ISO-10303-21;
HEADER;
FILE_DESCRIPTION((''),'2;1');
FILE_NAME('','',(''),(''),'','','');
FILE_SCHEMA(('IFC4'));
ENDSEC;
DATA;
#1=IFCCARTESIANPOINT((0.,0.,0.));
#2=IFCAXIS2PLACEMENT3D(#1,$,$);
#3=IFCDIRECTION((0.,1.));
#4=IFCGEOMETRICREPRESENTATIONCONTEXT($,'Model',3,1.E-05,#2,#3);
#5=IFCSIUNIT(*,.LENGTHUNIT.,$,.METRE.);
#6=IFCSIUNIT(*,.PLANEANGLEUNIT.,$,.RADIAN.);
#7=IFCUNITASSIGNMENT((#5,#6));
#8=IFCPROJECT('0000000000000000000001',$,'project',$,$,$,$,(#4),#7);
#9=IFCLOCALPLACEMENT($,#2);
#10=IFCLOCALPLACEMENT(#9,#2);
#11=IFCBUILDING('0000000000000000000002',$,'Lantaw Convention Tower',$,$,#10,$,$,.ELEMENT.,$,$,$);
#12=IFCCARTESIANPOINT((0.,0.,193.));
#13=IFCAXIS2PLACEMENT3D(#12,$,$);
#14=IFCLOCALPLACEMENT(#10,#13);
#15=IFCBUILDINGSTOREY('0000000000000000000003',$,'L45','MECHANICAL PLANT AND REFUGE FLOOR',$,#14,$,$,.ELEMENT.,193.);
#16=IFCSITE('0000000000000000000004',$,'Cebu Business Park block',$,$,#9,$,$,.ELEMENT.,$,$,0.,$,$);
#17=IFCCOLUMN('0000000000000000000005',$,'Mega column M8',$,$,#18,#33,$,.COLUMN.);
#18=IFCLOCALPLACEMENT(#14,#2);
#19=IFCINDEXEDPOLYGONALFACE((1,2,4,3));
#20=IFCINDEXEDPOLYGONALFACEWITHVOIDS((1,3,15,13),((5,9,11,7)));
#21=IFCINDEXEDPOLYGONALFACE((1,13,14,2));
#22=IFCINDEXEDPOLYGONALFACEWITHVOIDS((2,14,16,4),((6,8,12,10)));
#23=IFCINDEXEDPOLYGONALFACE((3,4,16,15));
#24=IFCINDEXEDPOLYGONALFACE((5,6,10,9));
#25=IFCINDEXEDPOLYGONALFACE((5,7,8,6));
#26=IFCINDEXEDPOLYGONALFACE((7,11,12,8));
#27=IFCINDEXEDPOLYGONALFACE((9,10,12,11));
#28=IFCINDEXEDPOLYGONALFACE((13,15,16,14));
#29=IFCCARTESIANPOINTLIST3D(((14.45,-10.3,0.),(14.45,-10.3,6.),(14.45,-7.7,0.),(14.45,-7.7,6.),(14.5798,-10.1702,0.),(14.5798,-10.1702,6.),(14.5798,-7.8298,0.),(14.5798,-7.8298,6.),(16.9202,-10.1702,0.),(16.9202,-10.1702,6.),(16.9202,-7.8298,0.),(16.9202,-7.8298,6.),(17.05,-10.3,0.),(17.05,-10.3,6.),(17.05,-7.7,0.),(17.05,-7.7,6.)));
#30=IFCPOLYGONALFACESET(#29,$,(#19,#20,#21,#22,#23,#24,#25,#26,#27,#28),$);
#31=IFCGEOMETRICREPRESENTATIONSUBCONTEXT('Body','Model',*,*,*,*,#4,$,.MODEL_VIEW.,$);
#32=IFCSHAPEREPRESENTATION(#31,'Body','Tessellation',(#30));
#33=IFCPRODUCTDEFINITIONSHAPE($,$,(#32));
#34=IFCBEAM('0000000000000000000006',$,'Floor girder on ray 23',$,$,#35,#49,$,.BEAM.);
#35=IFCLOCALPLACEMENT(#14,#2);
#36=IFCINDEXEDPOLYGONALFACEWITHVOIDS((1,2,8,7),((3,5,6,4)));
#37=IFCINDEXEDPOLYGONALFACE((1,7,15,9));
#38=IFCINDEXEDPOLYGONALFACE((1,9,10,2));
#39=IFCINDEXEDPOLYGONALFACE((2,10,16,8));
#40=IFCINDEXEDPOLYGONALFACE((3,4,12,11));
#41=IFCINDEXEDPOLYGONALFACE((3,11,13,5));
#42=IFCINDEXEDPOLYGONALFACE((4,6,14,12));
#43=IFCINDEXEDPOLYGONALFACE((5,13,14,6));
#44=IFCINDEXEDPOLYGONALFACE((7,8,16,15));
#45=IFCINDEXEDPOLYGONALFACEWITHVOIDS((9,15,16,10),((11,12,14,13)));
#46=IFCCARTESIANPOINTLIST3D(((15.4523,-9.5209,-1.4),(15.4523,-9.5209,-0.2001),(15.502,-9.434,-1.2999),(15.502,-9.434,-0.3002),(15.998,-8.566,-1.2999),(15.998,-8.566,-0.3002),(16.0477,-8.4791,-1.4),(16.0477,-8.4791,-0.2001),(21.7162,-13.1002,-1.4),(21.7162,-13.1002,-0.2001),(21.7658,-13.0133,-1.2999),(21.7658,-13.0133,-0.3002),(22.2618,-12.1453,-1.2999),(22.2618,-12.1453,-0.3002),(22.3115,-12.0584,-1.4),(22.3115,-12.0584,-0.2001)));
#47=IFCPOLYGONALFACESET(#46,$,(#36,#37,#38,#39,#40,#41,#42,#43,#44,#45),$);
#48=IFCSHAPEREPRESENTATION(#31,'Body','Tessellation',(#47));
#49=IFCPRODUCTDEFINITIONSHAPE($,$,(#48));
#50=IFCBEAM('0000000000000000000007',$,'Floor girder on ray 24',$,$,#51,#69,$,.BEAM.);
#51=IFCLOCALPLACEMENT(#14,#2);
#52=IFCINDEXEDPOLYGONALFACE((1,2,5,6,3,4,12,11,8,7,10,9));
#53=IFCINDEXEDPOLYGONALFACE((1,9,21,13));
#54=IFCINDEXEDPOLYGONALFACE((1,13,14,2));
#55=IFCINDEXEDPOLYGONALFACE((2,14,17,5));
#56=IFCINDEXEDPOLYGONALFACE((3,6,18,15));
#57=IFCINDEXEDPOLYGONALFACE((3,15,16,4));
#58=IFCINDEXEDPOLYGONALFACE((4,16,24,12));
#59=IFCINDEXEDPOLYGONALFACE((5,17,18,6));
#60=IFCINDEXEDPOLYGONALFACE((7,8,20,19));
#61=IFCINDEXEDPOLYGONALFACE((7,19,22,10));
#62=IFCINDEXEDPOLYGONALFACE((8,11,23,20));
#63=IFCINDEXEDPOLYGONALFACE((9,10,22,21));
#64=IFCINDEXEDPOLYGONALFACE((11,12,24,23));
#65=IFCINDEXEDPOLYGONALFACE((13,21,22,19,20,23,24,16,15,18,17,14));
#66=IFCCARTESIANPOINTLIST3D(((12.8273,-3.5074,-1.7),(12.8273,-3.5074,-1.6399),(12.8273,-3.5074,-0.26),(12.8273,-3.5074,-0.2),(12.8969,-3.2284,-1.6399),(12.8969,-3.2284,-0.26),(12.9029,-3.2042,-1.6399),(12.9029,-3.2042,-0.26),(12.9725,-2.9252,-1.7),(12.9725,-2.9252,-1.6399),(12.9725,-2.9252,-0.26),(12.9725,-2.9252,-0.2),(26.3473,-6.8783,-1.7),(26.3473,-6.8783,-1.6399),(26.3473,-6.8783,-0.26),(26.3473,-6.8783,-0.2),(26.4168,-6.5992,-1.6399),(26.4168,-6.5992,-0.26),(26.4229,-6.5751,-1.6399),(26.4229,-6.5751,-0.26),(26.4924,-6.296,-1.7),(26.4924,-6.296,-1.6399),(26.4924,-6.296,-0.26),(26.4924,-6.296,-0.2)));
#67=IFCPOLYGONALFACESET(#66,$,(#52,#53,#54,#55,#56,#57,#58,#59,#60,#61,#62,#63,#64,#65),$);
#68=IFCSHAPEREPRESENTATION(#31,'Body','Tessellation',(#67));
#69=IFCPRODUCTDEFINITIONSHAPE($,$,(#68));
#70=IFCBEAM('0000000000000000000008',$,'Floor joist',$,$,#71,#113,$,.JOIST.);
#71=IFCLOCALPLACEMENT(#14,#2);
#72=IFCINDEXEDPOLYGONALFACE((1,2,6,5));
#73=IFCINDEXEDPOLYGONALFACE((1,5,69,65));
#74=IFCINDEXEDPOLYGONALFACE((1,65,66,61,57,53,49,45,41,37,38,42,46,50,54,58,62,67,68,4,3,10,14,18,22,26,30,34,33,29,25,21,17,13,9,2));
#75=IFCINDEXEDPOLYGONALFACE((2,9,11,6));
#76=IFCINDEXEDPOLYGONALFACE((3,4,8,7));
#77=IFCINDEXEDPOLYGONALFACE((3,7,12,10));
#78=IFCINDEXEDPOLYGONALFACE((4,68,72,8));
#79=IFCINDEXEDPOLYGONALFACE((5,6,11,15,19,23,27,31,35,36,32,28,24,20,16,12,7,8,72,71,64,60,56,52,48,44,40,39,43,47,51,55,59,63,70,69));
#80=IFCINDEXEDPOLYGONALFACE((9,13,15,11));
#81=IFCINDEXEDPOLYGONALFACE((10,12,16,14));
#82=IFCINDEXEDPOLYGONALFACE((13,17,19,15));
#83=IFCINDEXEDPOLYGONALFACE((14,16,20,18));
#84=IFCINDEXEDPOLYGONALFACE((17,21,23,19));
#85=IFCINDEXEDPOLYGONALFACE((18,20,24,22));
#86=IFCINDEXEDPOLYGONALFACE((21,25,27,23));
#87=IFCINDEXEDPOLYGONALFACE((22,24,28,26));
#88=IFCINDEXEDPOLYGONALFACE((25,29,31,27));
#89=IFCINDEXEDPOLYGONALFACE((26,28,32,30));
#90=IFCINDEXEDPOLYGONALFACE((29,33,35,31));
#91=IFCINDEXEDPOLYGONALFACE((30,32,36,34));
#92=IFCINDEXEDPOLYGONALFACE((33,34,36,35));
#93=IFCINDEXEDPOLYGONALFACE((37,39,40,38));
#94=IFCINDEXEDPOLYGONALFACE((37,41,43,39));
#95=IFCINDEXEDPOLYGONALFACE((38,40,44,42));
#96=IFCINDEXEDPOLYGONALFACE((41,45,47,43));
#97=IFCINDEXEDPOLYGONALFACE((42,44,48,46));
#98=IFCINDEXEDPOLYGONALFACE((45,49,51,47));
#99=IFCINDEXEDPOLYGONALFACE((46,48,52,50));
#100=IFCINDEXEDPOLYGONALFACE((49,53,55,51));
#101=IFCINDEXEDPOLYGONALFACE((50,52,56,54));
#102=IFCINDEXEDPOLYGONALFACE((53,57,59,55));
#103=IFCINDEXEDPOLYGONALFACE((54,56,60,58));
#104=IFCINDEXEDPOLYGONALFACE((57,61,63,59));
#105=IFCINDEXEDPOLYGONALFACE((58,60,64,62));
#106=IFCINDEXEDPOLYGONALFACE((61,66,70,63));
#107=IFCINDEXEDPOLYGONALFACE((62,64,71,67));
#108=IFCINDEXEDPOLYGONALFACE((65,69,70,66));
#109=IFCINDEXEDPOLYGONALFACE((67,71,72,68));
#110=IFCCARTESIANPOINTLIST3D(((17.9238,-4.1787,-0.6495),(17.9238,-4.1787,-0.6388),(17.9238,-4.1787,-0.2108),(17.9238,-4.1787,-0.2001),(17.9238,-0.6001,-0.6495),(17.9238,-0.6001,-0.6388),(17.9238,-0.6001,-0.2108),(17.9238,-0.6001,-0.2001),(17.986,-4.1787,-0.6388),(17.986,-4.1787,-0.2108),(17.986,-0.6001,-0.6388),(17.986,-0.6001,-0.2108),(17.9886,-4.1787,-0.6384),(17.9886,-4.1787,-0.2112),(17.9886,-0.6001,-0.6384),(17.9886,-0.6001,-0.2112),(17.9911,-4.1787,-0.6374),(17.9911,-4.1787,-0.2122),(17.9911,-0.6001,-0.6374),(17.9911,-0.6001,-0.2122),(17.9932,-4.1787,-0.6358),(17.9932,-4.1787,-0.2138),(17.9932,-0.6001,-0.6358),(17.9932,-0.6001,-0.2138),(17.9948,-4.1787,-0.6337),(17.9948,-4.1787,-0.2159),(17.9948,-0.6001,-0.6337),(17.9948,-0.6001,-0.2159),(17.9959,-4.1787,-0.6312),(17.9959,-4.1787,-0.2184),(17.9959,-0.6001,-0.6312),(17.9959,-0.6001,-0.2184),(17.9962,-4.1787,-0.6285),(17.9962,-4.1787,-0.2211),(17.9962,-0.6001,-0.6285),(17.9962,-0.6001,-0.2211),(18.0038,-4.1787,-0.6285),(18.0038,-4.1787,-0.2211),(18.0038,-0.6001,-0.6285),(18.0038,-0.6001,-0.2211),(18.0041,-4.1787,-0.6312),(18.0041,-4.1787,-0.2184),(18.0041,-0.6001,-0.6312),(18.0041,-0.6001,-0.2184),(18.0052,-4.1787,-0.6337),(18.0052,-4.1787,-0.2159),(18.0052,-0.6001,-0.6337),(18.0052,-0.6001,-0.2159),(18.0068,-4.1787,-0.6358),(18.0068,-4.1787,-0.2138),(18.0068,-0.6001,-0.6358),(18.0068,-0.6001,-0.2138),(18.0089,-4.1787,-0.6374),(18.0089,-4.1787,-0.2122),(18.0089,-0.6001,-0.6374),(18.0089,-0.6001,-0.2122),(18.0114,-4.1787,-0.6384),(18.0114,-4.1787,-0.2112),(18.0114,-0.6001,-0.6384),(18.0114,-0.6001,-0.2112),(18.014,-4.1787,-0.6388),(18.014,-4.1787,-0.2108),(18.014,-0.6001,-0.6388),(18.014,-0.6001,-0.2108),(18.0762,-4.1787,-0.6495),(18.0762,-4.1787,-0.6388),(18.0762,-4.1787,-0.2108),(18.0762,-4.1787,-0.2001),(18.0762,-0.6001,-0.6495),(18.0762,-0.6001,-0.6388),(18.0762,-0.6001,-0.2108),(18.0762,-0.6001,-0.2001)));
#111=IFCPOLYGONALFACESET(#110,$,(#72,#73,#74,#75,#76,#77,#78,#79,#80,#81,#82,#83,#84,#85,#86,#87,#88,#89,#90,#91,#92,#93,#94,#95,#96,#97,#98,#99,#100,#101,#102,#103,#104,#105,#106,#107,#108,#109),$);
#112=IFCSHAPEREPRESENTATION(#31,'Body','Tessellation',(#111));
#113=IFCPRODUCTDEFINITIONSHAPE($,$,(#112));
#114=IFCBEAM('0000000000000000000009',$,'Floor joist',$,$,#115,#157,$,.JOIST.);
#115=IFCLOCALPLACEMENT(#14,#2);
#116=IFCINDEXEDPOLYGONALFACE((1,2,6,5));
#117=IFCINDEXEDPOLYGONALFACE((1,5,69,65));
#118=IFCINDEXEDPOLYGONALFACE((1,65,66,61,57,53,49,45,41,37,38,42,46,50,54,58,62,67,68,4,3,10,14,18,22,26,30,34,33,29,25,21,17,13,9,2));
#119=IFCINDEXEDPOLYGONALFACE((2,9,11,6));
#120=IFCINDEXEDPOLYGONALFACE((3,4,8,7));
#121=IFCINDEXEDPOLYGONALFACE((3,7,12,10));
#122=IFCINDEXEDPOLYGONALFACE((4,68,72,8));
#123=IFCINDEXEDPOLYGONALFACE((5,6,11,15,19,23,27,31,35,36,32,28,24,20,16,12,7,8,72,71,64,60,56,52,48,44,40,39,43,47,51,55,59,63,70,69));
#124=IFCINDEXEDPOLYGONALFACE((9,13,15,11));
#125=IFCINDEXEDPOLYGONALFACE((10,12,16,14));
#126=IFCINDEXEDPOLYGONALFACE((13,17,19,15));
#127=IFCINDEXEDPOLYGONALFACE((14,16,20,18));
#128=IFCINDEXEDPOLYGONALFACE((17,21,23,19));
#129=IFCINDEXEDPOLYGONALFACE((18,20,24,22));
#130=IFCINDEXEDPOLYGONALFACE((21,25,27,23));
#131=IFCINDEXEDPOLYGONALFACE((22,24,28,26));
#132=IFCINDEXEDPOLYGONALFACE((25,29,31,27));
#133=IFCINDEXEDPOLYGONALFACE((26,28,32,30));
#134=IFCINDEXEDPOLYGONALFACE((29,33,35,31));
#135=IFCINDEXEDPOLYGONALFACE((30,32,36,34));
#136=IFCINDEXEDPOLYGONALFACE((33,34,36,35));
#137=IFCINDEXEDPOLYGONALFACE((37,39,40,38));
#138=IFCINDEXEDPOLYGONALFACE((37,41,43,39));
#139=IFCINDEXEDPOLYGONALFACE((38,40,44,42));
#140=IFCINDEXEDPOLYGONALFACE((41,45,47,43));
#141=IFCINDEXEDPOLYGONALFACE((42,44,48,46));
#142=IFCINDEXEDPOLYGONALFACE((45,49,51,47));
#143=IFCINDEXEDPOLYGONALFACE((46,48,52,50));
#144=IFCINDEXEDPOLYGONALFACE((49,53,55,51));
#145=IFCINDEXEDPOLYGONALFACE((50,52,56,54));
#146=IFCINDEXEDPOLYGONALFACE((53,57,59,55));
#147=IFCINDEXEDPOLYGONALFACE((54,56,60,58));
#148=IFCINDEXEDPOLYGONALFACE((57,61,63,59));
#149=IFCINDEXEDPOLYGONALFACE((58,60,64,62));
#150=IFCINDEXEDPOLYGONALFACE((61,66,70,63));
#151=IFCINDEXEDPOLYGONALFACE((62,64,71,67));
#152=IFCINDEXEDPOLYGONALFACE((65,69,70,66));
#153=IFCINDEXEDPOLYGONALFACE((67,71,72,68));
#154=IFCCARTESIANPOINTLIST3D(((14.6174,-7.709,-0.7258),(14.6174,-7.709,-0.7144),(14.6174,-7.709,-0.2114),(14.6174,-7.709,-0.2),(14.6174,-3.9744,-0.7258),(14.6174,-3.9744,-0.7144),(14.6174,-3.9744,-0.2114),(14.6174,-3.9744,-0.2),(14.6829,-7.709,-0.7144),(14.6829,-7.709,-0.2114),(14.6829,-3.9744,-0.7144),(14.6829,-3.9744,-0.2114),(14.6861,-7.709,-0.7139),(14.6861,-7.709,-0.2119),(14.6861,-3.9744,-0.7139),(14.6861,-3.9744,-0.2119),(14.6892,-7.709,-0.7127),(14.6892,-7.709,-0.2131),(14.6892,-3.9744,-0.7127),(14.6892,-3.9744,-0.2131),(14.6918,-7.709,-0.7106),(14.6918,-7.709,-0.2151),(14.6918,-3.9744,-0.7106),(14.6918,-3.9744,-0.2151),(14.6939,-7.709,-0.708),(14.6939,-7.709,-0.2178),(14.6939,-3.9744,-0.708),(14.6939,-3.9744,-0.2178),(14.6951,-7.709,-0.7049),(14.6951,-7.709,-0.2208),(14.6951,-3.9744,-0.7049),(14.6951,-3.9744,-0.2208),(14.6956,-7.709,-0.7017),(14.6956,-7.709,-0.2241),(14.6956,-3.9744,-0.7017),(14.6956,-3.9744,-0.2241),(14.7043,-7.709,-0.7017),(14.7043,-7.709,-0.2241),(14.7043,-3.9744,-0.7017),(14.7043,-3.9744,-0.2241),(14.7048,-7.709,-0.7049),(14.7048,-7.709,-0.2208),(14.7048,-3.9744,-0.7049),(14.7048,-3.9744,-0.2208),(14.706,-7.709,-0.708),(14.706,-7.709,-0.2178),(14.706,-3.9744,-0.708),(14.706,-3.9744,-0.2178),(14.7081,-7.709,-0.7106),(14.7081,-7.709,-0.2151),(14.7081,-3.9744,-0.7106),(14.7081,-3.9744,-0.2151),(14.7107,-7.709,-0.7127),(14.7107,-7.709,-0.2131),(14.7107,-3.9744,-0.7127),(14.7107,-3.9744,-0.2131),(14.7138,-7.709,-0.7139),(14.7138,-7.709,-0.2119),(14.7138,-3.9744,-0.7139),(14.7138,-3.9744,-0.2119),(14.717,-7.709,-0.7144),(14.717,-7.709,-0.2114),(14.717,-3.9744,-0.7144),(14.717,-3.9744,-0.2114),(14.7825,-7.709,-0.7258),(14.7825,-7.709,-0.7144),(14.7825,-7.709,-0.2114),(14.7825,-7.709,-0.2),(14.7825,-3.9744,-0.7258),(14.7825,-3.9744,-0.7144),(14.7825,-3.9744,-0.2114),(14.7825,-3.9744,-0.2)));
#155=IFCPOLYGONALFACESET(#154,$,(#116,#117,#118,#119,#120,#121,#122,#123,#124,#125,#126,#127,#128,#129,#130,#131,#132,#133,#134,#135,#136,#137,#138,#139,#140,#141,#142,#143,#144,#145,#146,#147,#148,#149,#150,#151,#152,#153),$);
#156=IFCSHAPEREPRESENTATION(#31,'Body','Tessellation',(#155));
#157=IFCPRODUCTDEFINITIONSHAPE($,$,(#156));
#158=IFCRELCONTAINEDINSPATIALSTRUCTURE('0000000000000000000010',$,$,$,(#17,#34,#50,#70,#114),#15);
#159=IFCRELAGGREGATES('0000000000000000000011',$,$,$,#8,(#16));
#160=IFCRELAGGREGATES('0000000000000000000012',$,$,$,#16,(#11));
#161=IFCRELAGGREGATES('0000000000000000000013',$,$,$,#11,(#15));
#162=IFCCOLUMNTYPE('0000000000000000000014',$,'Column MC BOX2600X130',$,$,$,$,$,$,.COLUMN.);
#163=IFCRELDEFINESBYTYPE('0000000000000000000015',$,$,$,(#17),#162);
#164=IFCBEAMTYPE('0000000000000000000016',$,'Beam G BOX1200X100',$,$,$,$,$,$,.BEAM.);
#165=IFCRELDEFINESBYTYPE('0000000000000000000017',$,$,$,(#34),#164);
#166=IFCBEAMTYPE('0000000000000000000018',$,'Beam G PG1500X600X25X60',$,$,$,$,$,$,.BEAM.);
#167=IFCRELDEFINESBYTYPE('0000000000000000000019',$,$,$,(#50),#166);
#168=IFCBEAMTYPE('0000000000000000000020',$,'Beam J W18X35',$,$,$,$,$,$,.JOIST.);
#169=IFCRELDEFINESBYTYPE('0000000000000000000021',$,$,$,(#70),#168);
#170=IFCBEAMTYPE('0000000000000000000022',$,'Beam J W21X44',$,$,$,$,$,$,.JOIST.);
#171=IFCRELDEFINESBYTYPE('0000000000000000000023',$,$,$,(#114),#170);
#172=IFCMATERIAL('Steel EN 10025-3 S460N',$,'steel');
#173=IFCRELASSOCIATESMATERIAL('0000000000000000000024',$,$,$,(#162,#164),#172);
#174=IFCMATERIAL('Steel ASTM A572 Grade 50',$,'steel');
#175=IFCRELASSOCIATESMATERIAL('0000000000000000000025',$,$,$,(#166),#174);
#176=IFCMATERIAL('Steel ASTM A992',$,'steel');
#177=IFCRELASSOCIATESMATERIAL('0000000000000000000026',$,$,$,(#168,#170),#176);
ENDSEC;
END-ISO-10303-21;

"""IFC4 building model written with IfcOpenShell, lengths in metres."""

from ifc_helpers import new_model, si_unit, direction, frame, origin, origin_2d, place, context, subcontext, project, spatial, rectangle, hollow_rectangle, i_section, extrude, material, material_profile, profile_set, type_object, element, save


model = new_model("IFC4")

# Units and contexts
model_context = context("Model", 3, precision=1e-05, world=origin(), true_north=direction((0.0, 1.0)))
body_context = subcontext(model_context, "Body", "Model", "MODEL_VIEW")
ifc_project = project(units=[si_unit("LENGTHUNIT", "METRE"), si_unit("PLANEANGLEUNIT", "RADIAN")], contexts=[model_context])

# Site, building, storey
site_placement = place(None, origin())
site = spatial("IfcSite", under=ifc_project, at=site_placement, Name="Cebu Business Park block", CompositionType="ELEMENT", RefElevation=0.0)
building_placement = place(site_placement, origin())
building = spatial("IfcBuilding", under=site, at=building_placement, Name="Lantaw Convention Tower", CompositionType="ELEMENT")
storey_placement = place(building_placement, frame((0.0, 0.0, 193.0)))
storey = spatial("IfcBuildingStorey", under=building, at=storey_placement, Name="L45", Description="MECHANICAL PLANT AND REFUGE FLOOR", CompositionType="ELEMENT", Elevation=193.0)

# Column
ifc_material_1 = material(Name="Steel EN 10025-3 S460N", Category="steel")
ifc_material_profile_1 = material_profile(ifc_material_1, hollow_rectangle(XDim=2.6001, YDim=2.6001, WallThickness=0.1299, at=origin_2d()), Name="BOX2600X130")
ifc_material_2 = material(Name="Concrete C60/75", Category="concrete")
ifc_material_profile_2 = material_profile(ifc_material_2, rectangle(XDim=2.3401, YDim=2.3401, at=origin_2d()), Name="Concrete fill of BOX2600X130")
ifc_profile_set_1 = profile_set([ifc_material_profile_1, ifc_material_profile_2], Name="Steel EN 10025-3 S460N")
column_type = type_object("IfcColumnType", Name="Column MC BOX2600X130", PredefinedType="COLUMN", material=ifc_profile_set_1)
column_placement = place(storey_placement, frame((15.75, -9.0, 0.0), z_axis=(0.0, 0.0, 1.0), x_axis=(1.0, 0.0, 0.0)))
element("IfcColumn", 1, at=column_placement, inside=storey, type_object=column_type, Name="Mega column M8", PredefinedType="COLUMN", context=body_context, shape_type="SweptSolid", body=[
    extrude(hollow_rectangle(XDim=2.6001, YDim=2.6001, WallThickness=0.1299, at=origin_2d()), origin(), (0.0, 0.0, 1.0), 6.0),
])

# Beams
ifc_material_profile_3 = material_profile(ifc_material_1, hollow_rectangle(XDim=1.2, YDim=1.2, WallThickness=0.1001, at=origin_2d()), Name="BOX1200X100")
ifc_profile_set_2 = profile_set([ifc_material_profile_3], Name="Steel EN 10025-3 S460N")
beam_type_1 = type_object("IfcBeamType", Name="Beam G BOX1200X100", PredefinedType="BEAM", material=ifc_profile_set_2)
beam_1_placement = place(storey_placement, frame((15.75, -9.0, -0.8), z_axis=(0.868245, -0.496135, 0.0), x_axis=(0.496135, 0.868245, 0.0)))
element("IfcBeam", 2, at=beam_1_placement, inside=storey, type_object=beam_type_1, Name="Floor girder on ray 23", PredefinedType="BEAM", context=body_context, shape_type="SweptSolid", body=[
    extrude(hollow_rectangle(XDim=1.2, YDim=1.2, WallThickness=0.1001, at=origin_2d()), origin(), (0.0, 0.0, 1.0), 7.2144),
])
ifc_material_3 = material(Name="Steel ASTM A572 Grade 50", Category="steel")
ifc_material_profile_4 = material_profile(ifc_material_3, i_section(OverallWidth=0.6001, OverallDepth=1.5, WebThickness=0.0249, FlangeThickness=0.0601, at=origin_2d()), Name="PG1500X600X25X60")
ifc_profile_set_3 = profile_set([ifc_material_profile_4], Name="Steel ASTM A572 Grade 50")
beam_type_2 = type_object("IfcBeamType", Name="Beam G PG1500X600X25X60", PredefinedType="BEAM", material=ifc_profile_set_3)
beam_2_placement = place(storey_placement, frame((12.8999, -3.2163, -0.95), z_axis=(0.970297, -0.241917, 0.0), x_axis=(0.241917, 0.970297, 0.0)))
element("IfcBeam", 3, at=beam_2_placement, inside=storey, type_object=beam_type_2, Name="Floor girder on ray 24", PredefinedType="BEAM", context=body_context, shape_type="SweptSolid", body=[
    extrude(i_section(OverallWidth=0.6001, OverallDepth=1.5, WebThickness=0.0249, FlangeThickness=0.0601, at=origin_2d()), origin(), (0.0, 0.0, 1.0), 13.9338),
])
ifc_material_4 = material(Name="Steel ASTM A992", Category="steel")
ifc_material_profile_5 = material_profile(ifc_material_4, i_section(OverallWidth=0.1523, OverallDepth=0.4495, WebThickness=0.0076, FlangeThickness=0.0107, FilletRadius=0.0103, at=origin_2d()), Name="W18X35")
ifc_profile_set_4 = profile_set([ifc_material_profile_5], Name="Steel ASTM A992")
beam_type_3 = type_object("IfcBeamType", Name="Beam J W18X35", PredefinedType="JOIST", material=ifc_profile_set_4)
beam_3_placement = place(storey_placement, frame((18.0, -4.1787, -0.4248), z_axis=(0.0, 1.0, 0.0), x_axis=(-1.0, 0.0, 0.0)))
element("IfcBeam", 4, at=beam_3_placement, inside=storey, type_object=beam_type_3, Name="Floor joist", PredefinedType="JOIST", context=body_context, shape_type="SweptSolid", body=[
    extrude(i_section(OverallWidth=0.1523, OverallDepth=0.4495, WebThickness=0.0076, FlangeThickness=0.0107, FilletRadius=0.0103, at=origin_2d()), origin(), (0.0, 0.0, 1.0), 3.5786),
])
ifc_material_profile_6 = material_profile(ifc_material_4, i_section(OverallWidth=0.165, OverallDepth=0.5259, WebThickness=0.0088, FlangeThickness=0.0115, FilletRadius=0.0127, at=origin_2d()), Name="W21X44")
ifc_profile_set_5 = profile_set([ifc_material_profile_6], Name="Steel ASTM A992")
beam_type_4 = type_object("IfcBeamType", Name="Beam J W21X44", PredefinedType="JOIST", material=ifc_profile_set_5)
beam_4_placement = place(storey_placement, frame((14.7, -7.709, -0.4629), z_axis=(0.0, 1.0, 0.0), x_axis=(-1.0, 0.0, 0.0)))
element("IfcBeam", 5, at=beam_4_placement, inside=storey, type_object=beam_type_4, Name="Floor joist", PredefinedType="JOIST", context=body_context, shape_type="SweptSolid", body=[
    extrude(i_section(OverallWidth=0.165, OverallDepth=0.5259, WebThickness=0.0088, FlangeThickness=0.0115, FilletRadius=0.0127, at=origin_2d()), origin(), (0.0, 0.0, 1.0), 3.7346),
])

save(model, "model.ifc")
